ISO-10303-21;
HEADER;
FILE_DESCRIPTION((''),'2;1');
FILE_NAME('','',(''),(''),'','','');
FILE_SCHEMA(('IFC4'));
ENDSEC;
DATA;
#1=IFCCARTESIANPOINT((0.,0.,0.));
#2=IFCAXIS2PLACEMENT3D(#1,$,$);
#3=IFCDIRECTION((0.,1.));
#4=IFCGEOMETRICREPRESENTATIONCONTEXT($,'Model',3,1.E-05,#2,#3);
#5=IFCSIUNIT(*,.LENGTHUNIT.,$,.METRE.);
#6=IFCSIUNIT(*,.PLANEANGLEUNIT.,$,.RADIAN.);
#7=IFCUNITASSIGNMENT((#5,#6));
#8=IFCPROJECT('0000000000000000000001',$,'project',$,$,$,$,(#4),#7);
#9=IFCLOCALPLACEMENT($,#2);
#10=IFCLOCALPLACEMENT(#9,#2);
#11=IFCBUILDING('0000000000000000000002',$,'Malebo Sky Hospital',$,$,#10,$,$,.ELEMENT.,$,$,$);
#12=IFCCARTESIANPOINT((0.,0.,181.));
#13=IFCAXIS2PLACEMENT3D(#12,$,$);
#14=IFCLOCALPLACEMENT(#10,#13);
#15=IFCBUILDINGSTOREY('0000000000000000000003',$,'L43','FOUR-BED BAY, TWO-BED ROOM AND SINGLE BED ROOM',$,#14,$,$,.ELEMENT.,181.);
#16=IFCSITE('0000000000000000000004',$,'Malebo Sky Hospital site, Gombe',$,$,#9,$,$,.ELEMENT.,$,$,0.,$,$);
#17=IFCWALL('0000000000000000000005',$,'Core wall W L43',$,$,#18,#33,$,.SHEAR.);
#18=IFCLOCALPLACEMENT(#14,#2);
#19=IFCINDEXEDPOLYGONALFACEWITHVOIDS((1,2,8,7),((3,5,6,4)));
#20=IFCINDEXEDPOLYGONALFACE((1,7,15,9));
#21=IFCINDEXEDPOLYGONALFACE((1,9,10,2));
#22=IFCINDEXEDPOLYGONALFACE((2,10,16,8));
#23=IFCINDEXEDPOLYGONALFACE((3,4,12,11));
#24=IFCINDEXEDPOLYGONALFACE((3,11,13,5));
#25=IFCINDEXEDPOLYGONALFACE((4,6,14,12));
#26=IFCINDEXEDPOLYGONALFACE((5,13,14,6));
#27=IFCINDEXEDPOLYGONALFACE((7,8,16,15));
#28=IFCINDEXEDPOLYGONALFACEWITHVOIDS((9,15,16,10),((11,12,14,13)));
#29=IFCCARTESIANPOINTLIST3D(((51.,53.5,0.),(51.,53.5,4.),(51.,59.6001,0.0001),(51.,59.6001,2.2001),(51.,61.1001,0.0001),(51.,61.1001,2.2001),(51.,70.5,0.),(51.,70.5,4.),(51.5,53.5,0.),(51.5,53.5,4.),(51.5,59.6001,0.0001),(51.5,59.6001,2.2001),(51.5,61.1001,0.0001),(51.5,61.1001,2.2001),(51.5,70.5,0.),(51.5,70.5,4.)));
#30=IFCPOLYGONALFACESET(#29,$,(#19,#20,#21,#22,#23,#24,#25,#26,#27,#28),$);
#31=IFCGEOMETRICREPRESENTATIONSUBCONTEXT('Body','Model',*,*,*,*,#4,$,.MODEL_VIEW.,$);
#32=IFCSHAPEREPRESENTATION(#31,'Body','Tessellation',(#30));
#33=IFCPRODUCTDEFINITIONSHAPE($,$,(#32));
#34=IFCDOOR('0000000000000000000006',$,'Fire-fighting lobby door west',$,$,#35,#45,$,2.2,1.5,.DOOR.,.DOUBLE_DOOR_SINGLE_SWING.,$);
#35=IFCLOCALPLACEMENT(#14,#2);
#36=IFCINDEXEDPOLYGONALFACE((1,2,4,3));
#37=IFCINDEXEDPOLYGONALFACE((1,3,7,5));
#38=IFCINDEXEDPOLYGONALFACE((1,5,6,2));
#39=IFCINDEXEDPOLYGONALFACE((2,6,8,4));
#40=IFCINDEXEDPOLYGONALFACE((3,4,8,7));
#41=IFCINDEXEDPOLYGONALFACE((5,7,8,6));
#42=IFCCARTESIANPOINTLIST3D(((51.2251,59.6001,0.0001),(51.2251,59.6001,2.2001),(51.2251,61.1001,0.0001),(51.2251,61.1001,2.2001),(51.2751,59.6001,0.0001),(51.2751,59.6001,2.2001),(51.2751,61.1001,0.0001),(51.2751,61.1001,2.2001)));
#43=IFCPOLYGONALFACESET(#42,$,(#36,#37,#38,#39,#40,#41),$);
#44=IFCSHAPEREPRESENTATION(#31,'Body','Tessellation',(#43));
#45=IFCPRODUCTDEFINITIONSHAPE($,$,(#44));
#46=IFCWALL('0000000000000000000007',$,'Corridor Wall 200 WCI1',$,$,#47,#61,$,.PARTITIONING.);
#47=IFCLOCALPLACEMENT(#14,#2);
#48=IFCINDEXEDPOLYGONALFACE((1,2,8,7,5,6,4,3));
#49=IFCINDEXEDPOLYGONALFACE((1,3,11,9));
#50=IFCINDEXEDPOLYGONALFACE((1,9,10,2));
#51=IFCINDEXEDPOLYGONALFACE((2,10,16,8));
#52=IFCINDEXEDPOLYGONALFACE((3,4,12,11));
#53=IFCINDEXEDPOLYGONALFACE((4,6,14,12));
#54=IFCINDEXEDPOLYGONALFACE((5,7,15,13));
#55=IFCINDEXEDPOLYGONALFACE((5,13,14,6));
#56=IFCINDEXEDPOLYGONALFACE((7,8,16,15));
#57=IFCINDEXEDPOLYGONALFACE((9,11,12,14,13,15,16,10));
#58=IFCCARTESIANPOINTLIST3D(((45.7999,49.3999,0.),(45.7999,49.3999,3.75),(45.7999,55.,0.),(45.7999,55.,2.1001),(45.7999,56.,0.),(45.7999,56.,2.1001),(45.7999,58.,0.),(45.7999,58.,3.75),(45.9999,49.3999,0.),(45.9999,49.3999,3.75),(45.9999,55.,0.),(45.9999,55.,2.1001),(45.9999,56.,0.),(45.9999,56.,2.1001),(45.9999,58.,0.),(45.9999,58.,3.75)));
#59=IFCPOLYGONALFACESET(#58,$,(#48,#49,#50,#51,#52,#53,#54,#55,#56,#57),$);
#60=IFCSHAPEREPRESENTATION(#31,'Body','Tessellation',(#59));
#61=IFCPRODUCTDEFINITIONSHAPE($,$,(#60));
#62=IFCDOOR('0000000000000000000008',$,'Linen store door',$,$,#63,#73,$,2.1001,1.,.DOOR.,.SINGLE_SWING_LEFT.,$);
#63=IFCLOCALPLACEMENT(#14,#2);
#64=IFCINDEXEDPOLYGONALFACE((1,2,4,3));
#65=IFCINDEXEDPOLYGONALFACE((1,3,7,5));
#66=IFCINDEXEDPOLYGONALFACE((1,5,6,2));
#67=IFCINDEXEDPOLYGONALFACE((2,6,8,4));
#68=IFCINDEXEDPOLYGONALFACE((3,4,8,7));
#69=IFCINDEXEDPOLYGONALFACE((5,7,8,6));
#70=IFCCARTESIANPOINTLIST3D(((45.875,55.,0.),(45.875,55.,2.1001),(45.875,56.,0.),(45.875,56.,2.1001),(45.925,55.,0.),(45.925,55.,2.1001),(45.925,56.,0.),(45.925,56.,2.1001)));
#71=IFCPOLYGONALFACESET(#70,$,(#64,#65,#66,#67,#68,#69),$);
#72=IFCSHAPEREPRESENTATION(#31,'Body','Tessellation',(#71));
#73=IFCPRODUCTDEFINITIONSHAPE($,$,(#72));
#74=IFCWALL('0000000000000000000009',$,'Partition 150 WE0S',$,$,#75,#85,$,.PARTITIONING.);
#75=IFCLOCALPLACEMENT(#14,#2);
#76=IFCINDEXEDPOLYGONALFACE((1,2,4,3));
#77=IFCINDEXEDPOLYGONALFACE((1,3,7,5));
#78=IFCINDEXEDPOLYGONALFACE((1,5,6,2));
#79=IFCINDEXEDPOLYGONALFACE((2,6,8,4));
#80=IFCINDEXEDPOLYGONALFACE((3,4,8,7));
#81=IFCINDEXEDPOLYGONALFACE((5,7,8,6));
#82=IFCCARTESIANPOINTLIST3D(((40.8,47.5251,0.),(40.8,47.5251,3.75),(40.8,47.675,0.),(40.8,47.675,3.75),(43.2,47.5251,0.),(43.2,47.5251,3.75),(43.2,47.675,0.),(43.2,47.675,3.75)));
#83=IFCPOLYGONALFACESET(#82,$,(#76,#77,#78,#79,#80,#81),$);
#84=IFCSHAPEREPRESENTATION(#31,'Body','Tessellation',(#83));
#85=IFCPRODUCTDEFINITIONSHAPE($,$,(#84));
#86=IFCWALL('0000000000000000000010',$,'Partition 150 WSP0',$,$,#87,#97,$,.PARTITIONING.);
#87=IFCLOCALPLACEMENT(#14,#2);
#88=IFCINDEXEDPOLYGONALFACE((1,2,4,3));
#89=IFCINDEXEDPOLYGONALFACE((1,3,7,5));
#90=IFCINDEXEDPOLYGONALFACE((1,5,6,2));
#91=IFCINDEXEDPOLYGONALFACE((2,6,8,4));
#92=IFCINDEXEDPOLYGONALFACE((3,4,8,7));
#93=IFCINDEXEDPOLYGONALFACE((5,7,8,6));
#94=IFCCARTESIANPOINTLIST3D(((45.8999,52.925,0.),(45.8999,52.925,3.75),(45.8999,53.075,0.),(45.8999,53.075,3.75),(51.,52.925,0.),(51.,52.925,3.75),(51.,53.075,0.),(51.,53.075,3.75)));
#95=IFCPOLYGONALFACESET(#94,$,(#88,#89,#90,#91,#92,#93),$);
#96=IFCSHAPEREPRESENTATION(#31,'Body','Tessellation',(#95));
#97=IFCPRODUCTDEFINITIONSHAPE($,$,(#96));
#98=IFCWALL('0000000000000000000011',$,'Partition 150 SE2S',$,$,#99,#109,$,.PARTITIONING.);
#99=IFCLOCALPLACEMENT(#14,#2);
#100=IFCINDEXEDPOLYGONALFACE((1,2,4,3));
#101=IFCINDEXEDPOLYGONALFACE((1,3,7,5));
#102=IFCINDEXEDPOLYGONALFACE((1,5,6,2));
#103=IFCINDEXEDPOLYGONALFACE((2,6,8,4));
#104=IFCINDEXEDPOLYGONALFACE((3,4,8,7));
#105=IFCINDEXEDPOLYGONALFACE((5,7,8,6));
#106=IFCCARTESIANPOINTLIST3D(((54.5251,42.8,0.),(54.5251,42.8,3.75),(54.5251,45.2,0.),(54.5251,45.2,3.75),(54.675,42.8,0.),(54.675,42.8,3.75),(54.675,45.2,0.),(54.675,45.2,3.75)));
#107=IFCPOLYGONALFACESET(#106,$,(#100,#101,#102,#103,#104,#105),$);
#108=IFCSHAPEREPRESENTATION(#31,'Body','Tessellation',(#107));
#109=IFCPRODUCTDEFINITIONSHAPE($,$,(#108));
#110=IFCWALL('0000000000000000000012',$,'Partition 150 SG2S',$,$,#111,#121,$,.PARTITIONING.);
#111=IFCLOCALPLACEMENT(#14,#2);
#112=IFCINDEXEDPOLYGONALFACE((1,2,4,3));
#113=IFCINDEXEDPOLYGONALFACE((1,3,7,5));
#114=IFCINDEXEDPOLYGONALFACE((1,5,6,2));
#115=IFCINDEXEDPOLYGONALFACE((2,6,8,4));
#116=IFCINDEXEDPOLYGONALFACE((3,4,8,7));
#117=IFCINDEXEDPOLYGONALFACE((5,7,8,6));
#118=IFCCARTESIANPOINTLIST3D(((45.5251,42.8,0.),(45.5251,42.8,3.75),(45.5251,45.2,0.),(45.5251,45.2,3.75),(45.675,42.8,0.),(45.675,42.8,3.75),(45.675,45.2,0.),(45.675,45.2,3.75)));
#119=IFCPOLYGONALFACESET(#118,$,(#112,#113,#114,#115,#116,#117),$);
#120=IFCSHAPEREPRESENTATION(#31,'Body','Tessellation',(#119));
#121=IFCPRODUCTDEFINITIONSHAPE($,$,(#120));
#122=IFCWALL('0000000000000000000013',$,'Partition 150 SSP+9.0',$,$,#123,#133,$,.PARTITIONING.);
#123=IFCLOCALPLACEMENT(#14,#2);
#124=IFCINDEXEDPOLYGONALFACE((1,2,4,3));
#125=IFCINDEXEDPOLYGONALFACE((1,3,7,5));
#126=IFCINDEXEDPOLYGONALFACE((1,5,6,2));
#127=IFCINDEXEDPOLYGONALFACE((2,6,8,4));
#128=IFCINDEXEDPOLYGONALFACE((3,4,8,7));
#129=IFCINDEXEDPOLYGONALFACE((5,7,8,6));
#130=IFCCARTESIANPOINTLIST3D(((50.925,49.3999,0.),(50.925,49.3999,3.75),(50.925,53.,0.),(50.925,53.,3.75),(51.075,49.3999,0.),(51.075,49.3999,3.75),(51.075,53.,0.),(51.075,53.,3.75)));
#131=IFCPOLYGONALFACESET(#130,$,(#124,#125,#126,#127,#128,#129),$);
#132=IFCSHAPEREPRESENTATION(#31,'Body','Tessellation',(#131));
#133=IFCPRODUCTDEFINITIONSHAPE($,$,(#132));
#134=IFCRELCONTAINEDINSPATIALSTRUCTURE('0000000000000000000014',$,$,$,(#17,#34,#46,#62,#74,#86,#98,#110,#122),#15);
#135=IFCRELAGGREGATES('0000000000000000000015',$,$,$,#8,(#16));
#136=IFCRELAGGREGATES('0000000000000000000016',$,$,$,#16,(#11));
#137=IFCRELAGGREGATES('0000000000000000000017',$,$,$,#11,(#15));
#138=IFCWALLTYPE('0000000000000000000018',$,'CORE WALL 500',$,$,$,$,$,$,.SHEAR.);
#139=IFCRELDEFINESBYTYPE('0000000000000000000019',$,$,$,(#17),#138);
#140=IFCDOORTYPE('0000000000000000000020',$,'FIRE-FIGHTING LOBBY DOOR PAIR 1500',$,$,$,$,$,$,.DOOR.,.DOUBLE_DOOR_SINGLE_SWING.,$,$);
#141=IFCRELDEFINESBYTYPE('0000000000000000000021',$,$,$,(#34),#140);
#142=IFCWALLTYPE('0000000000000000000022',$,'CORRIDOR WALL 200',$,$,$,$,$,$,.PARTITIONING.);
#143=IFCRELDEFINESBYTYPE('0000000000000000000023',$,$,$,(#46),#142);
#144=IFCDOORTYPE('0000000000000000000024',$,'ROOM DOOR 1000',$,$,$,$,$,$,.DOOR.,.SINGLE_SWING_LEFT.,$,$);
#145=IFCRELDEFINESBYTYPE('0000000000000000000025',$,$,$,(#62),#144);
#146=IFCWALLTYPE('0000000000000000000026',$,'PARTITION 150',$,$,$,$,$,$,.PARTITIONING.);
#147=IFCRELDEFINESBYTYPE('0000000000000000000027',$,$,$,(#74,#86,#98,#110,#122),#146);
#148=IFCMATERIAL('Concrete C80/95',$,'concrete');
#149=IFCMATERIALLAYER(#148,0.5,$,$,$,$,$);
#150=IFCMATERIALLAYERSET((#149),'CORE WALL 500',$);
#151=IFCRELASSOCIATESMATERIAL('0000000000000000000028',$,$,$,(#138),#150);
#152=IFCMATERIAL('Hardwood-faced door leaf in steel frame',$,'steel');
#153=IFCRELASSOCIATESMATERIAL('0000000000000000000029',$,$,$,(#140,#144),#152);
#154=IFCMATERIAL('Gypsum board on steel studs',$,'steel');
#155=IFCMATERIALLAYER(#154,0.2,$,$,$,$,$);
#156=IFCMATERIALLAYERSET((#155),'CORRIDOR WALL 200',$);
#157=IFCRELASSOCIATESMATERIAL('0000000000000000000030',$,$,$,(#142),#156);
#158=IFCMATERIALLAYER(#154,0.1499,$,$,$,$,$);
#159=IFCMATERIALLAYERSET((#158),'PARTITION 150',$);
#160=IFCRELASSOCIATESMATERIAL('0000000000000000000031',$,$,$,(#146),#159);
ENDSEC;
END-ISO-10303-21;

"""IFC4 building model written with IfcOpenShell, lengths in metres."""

from ifc_helpers import new_model, si_unit, direction, frame, frame_2d, origin, place, context, subcontext, project, spatial, rectangle, extrude, material, layer, layer_set, type_object, element, fill, save


model = new_model("IFC4")

# Units and contexts
model_context = context("Model", 3, precision=1e-05, world=origin(), true_north=direction((0.0, 1.0)))
body_context = subcontext(model_context, "Body", "Model", "MODEL_VIEW")
ifc_project = project(units=[si_unit("LENGTHUNIT", "METRE"), si_unit("PLANEANGLEUNIT", "RADIAN")], contexts=[model_context])

# Site, building, storey
site_placement = place(None, origin())
site = spatial("IfcSite", under=ifc_project, at=site_placement, Name="Malebo Sky Hospital site, Gombe", CompositionType="ELEMENT", RefElevation=0.0)
building_placement = place(site_placement, origin())
building = spatial("IfcBuilding", under=site, at=building_placement, Name="Malebo Sky Hospital", CompositionType="ELEMENT")
storey_placement = place(building_placement, frame((0.0, 0.0, 181.0)))
storey = spatial("IfcBuildingStorey", under=building, at=storey_placement, Name="L43", Description="FOUR-BED BAY, TWO-BED ROOM AND SINGLE BED ROOM", CompositionType="ELEMENT", Elevation=181.0)

# Walls, openings, doors
ifc_material_1 = material(Name="Concrete C80/95", Category="concrete")
ifc_layer_1 = layer(ifc_material_1, 0.5)
ifc_layer_set_1 = layer_set([ifc_layer_1], Name="CORE WALL 500")
wall_type_1 = type_object("IfcWallType", Name="CORE WALL 500", PredefinedType="SHEAR", material=ifc_layer_set_1)
ifc_material_2 = material(Name="Hardwood-faced door leaf in steel frame", Category="steel")
wall_1_placement = place(storey_placement, frame((51.25, 53.5, 0.0), z_axis=(0.0, 0.0, 1.0), x_axis=(0.0, 1.0, 0.0)))
wall_1 = element("IfcWall", 1, at=wall_1_placement, inside=storey, type_object=wall_type_1, Name="Core wall W L43", PredefinedType="SHEAR", context=body_context, shape_type="SweptSolid", body=[
    extrude(rectangle(XDim=17.0, YDim=0.5, at=frame_2d((8.5, 0.0))), origin(), (0.0, 0.0, 1.0), 4.0),
])
opening_1_placement = place(wall_1_placement, frame((6.1001, 0.0, 0.0)))
opening_1 = element("IfcOpeningElement", 2, at=opening_1_placement, cuts=wall_1, PredefinedType="OPENING", context=body_context, shape_type="SweptSolid", body=[
    extrude(rectangle(XDim=1.5, YDim=2.2, at=frame_2d((0.75, 1.1001))), frame((0.0, 0.26, 0.0), z_axis=(0.0, -1.0, 0.0), x_axis=(1.0, 0.0, 0.0)), (0.0, 0.0, 1.0), 0.52),
])
door_type_1 = type_object("IfcDoorType", Name="FIRE-FIGHTING LOBBY DOOR PAIR 1500", OperationType="DOUBLE_DOOR_SINGLE_SWING", PredefinedType="DOOR", material=ifc_material_2)
door_1_placement = place(opening_1_placement, origin())
door_1 = element("IfcDoor", 3, at=door_1_placement, inside=storey, type_object=door_type_1, Name="Fire-fighting lobby door west", OperationType="DOUBLE_DOOR_SINGLE_SWING", OverallHeight=2.2, OverallWidth=1.5, PredefinedType="DOOR", context=body_context, shape_type="SweptSolid", body=[
    extrude(rectangle(XDim=1.5, YDim=2.2, at=frame_2d((0.75, 1.1001))), frame((0.0, 0.0249, 0.0), z_axis=(0.0, -1.0, 0.0), x_axis=(1.0, 0.0, 0.0)), (0.0, 0.0, 1.0), 0.05),
])
fill(opening_1, door_1)
ifc_material_3 = material(Name="Gypsum board on steel studs", Category="steel")
ifc_layer_2 = layer(ifc_material_3, 0.2)
ifc_layer_set_2 = layer_set([ifc_layer_2], Name="CORRIDOR WALL 200")
wall_type_2 = type_object("IfcWallType", Name="CORRIDOR WALL 200", PredefinedType="PARTITIONING", material=ifc_layer_set_2)
wall_2_placement = place(storey_placement, frame((45.8999, 49.3999, 0.0), z_axis=(0.0, 0.0, 1.0), x_axis=(0.0, 1.0, 0.0)))
wall_2 = element("IfcWall", 4, at=wall_2_placement, inside=storey, type_object=wall_type_2, Name="Corridor Wall 200 WCI1", PredefinedType="PARTITIONING", context=body_context, shape_type="SweptSolid", body=[
    extrude(rectangle(XDim=8.6001, YDim=0.2, at=frame_2d((4.3, 0.0))), origin(), (0.0, 0.0, 1.0), 3.75),
])
opening_2_placement = place(wall_2_placement, frame((5.6001, 0.0, 0.0)))
opening_2 = element("IfcOpeningElement", 5, at=opening_2_placement, cuts=wall_2, PredefinedType="OPENING", context=body_context, shape_type="SweptSolid", body=[
    extrude(rectangle(XDim=1.0, YDim=2.1001, at=frame_2d((0.5, 1.05))), frame((0.0, 0.1099, 0.0), z_axis=(0.0, -1.0, 0.0), x_axis=(1.0, 0.0, 0.0)), (0.0, 0.0, 1.0), 0.22),
])
door_type_2 = type_object("IfcDoorType", Name="ROOM DOOR 1000", OperationType="SINGLE_SWING_LEFT", PredefinedType="DOOR", material=ifc_material_2)
door_2_placement = place(opening_2_placement, origin())
door_2 = element("IfcDoor", 6, at=door_2_placement, inside=storey, type_object=door_type_2, Name="Linen store door", OperationType="SINGLE_SWING_LEFT", OverallHeight=2.1001, OverallWidth=1.0, PredefinedType="DOOR", context=body_context, shape_type="SweptSolid", body=[
    extrude(rectangle(XDim=1.0, YDim=2.1001, at=frame_2d((0.5, 1.05))), frame((0.0, 0.0249, 0.0), z_axis=(0.0, -1.0, 0.0), x_axis=(1.0, 0.0, 0.0)), (0.0, 0.0, 1.0), 0.05),
])
fill(opening_2, door_2)

# Walls
ifc_layer_3 = layer(ifc_material_3, 0.1499)
ifc_layer_set_3 = layer_set([ifc_layer_3], Name="PARTITION 150")
wall_type_3 = type_object("IfcWallType", Name="PARTITION 150", PredefinedType="PARTITIONING", material=ifc_layer_set_3)
wall_3_placement = place(storey_placement, frame((43.2, 47.6001, 0.0), z_axis=(0.0, 0.0, 1.0), x_axis=(-1.0, 0.0, 0.0)))
element("IfcWall", 7, at=wall_3_placement, inside=storey, type_object=wall_type_3, Name="Partition 150 WE0S", PredefinedType="PARTITIONING", context=body_context, shape_type="SweptSolid", body=[
    extrude(rectangle(XDim=2.3999, YDim=0.1499, at=frame_2d((1.2, 0.0))), origin(), (0.0, 0.0, 1.0), 3.75),
])
wall_4_placement = place(storey_placement, frame((51.0, 53.0, 0.0), z_axis=(0.0, 0.0, 1.0), x_axis=(-1.0, 0.0, 0.0)))
element("IfcWall", 8, at=wall_4_placement, inside=storey, type_object=wall_type_3, Name="Partition 150 WSP0", PredefinedType="PARTITIONING", context=body_context, shape_type="SweptSolid", body=[
    extrude(rectangle(XDim=5.1001, YDim=0.1499, at=frame_2d((2.55, 0.0))), origin(), (0.0, 0.0, 1.0), 3.75),
])
for number, where, z_axis, x_axis, name in (
    (9, (54.6001, 45.2, 0.0), (0.0, 0.0, 1.0), (0.0, -1.0, 0.0), "Partition 150 SE2S"),
    (10, (45.6001, 45.2, 0.0), (0.0, 0.0, 1.0), (0.0, -1.0, 0.0), "Partition 150 SG2S"),
):
    element("IfcWall", number, at=place(storey_placement, frame(where, z_axis=z_axis, x_axis=x_axis)), inside=storey, type_object=wall_type_3, Name=name, PredefinedType="PARTITIONING", context=body_context, shape_type="SweptSolid", body=[
        extrude(rectangle(XDim=2.3999, YDim=0.1499, at=frame_2d((1.2, 0.0))), origin(), (0.0, 0.0, 1.0), 3.75),
    ])
wall_5_placement = place(storey_placement, frame((51.0, 53.0, 0.0), z_axis=(0.0, 0.0, 1.0), x_axis=(0.0, -1.0, 0.0)))
element("IfcWall", 11, at=wall_5_placement, inside=storey, type_object=wall_type_3, Name="Partition 150 SSP+9.0", PredefinedType="PARTITIONING", context=body_context, shape_type="SweptSolid", body=[
    extrude(rectangle(XDim=3.6001, YDim=0.1499, at=frame_2d((1.8, 0.0))), origin(), (0.0, 0.0, 1.0), 3.75),
])

save(model, "model.ifc")
